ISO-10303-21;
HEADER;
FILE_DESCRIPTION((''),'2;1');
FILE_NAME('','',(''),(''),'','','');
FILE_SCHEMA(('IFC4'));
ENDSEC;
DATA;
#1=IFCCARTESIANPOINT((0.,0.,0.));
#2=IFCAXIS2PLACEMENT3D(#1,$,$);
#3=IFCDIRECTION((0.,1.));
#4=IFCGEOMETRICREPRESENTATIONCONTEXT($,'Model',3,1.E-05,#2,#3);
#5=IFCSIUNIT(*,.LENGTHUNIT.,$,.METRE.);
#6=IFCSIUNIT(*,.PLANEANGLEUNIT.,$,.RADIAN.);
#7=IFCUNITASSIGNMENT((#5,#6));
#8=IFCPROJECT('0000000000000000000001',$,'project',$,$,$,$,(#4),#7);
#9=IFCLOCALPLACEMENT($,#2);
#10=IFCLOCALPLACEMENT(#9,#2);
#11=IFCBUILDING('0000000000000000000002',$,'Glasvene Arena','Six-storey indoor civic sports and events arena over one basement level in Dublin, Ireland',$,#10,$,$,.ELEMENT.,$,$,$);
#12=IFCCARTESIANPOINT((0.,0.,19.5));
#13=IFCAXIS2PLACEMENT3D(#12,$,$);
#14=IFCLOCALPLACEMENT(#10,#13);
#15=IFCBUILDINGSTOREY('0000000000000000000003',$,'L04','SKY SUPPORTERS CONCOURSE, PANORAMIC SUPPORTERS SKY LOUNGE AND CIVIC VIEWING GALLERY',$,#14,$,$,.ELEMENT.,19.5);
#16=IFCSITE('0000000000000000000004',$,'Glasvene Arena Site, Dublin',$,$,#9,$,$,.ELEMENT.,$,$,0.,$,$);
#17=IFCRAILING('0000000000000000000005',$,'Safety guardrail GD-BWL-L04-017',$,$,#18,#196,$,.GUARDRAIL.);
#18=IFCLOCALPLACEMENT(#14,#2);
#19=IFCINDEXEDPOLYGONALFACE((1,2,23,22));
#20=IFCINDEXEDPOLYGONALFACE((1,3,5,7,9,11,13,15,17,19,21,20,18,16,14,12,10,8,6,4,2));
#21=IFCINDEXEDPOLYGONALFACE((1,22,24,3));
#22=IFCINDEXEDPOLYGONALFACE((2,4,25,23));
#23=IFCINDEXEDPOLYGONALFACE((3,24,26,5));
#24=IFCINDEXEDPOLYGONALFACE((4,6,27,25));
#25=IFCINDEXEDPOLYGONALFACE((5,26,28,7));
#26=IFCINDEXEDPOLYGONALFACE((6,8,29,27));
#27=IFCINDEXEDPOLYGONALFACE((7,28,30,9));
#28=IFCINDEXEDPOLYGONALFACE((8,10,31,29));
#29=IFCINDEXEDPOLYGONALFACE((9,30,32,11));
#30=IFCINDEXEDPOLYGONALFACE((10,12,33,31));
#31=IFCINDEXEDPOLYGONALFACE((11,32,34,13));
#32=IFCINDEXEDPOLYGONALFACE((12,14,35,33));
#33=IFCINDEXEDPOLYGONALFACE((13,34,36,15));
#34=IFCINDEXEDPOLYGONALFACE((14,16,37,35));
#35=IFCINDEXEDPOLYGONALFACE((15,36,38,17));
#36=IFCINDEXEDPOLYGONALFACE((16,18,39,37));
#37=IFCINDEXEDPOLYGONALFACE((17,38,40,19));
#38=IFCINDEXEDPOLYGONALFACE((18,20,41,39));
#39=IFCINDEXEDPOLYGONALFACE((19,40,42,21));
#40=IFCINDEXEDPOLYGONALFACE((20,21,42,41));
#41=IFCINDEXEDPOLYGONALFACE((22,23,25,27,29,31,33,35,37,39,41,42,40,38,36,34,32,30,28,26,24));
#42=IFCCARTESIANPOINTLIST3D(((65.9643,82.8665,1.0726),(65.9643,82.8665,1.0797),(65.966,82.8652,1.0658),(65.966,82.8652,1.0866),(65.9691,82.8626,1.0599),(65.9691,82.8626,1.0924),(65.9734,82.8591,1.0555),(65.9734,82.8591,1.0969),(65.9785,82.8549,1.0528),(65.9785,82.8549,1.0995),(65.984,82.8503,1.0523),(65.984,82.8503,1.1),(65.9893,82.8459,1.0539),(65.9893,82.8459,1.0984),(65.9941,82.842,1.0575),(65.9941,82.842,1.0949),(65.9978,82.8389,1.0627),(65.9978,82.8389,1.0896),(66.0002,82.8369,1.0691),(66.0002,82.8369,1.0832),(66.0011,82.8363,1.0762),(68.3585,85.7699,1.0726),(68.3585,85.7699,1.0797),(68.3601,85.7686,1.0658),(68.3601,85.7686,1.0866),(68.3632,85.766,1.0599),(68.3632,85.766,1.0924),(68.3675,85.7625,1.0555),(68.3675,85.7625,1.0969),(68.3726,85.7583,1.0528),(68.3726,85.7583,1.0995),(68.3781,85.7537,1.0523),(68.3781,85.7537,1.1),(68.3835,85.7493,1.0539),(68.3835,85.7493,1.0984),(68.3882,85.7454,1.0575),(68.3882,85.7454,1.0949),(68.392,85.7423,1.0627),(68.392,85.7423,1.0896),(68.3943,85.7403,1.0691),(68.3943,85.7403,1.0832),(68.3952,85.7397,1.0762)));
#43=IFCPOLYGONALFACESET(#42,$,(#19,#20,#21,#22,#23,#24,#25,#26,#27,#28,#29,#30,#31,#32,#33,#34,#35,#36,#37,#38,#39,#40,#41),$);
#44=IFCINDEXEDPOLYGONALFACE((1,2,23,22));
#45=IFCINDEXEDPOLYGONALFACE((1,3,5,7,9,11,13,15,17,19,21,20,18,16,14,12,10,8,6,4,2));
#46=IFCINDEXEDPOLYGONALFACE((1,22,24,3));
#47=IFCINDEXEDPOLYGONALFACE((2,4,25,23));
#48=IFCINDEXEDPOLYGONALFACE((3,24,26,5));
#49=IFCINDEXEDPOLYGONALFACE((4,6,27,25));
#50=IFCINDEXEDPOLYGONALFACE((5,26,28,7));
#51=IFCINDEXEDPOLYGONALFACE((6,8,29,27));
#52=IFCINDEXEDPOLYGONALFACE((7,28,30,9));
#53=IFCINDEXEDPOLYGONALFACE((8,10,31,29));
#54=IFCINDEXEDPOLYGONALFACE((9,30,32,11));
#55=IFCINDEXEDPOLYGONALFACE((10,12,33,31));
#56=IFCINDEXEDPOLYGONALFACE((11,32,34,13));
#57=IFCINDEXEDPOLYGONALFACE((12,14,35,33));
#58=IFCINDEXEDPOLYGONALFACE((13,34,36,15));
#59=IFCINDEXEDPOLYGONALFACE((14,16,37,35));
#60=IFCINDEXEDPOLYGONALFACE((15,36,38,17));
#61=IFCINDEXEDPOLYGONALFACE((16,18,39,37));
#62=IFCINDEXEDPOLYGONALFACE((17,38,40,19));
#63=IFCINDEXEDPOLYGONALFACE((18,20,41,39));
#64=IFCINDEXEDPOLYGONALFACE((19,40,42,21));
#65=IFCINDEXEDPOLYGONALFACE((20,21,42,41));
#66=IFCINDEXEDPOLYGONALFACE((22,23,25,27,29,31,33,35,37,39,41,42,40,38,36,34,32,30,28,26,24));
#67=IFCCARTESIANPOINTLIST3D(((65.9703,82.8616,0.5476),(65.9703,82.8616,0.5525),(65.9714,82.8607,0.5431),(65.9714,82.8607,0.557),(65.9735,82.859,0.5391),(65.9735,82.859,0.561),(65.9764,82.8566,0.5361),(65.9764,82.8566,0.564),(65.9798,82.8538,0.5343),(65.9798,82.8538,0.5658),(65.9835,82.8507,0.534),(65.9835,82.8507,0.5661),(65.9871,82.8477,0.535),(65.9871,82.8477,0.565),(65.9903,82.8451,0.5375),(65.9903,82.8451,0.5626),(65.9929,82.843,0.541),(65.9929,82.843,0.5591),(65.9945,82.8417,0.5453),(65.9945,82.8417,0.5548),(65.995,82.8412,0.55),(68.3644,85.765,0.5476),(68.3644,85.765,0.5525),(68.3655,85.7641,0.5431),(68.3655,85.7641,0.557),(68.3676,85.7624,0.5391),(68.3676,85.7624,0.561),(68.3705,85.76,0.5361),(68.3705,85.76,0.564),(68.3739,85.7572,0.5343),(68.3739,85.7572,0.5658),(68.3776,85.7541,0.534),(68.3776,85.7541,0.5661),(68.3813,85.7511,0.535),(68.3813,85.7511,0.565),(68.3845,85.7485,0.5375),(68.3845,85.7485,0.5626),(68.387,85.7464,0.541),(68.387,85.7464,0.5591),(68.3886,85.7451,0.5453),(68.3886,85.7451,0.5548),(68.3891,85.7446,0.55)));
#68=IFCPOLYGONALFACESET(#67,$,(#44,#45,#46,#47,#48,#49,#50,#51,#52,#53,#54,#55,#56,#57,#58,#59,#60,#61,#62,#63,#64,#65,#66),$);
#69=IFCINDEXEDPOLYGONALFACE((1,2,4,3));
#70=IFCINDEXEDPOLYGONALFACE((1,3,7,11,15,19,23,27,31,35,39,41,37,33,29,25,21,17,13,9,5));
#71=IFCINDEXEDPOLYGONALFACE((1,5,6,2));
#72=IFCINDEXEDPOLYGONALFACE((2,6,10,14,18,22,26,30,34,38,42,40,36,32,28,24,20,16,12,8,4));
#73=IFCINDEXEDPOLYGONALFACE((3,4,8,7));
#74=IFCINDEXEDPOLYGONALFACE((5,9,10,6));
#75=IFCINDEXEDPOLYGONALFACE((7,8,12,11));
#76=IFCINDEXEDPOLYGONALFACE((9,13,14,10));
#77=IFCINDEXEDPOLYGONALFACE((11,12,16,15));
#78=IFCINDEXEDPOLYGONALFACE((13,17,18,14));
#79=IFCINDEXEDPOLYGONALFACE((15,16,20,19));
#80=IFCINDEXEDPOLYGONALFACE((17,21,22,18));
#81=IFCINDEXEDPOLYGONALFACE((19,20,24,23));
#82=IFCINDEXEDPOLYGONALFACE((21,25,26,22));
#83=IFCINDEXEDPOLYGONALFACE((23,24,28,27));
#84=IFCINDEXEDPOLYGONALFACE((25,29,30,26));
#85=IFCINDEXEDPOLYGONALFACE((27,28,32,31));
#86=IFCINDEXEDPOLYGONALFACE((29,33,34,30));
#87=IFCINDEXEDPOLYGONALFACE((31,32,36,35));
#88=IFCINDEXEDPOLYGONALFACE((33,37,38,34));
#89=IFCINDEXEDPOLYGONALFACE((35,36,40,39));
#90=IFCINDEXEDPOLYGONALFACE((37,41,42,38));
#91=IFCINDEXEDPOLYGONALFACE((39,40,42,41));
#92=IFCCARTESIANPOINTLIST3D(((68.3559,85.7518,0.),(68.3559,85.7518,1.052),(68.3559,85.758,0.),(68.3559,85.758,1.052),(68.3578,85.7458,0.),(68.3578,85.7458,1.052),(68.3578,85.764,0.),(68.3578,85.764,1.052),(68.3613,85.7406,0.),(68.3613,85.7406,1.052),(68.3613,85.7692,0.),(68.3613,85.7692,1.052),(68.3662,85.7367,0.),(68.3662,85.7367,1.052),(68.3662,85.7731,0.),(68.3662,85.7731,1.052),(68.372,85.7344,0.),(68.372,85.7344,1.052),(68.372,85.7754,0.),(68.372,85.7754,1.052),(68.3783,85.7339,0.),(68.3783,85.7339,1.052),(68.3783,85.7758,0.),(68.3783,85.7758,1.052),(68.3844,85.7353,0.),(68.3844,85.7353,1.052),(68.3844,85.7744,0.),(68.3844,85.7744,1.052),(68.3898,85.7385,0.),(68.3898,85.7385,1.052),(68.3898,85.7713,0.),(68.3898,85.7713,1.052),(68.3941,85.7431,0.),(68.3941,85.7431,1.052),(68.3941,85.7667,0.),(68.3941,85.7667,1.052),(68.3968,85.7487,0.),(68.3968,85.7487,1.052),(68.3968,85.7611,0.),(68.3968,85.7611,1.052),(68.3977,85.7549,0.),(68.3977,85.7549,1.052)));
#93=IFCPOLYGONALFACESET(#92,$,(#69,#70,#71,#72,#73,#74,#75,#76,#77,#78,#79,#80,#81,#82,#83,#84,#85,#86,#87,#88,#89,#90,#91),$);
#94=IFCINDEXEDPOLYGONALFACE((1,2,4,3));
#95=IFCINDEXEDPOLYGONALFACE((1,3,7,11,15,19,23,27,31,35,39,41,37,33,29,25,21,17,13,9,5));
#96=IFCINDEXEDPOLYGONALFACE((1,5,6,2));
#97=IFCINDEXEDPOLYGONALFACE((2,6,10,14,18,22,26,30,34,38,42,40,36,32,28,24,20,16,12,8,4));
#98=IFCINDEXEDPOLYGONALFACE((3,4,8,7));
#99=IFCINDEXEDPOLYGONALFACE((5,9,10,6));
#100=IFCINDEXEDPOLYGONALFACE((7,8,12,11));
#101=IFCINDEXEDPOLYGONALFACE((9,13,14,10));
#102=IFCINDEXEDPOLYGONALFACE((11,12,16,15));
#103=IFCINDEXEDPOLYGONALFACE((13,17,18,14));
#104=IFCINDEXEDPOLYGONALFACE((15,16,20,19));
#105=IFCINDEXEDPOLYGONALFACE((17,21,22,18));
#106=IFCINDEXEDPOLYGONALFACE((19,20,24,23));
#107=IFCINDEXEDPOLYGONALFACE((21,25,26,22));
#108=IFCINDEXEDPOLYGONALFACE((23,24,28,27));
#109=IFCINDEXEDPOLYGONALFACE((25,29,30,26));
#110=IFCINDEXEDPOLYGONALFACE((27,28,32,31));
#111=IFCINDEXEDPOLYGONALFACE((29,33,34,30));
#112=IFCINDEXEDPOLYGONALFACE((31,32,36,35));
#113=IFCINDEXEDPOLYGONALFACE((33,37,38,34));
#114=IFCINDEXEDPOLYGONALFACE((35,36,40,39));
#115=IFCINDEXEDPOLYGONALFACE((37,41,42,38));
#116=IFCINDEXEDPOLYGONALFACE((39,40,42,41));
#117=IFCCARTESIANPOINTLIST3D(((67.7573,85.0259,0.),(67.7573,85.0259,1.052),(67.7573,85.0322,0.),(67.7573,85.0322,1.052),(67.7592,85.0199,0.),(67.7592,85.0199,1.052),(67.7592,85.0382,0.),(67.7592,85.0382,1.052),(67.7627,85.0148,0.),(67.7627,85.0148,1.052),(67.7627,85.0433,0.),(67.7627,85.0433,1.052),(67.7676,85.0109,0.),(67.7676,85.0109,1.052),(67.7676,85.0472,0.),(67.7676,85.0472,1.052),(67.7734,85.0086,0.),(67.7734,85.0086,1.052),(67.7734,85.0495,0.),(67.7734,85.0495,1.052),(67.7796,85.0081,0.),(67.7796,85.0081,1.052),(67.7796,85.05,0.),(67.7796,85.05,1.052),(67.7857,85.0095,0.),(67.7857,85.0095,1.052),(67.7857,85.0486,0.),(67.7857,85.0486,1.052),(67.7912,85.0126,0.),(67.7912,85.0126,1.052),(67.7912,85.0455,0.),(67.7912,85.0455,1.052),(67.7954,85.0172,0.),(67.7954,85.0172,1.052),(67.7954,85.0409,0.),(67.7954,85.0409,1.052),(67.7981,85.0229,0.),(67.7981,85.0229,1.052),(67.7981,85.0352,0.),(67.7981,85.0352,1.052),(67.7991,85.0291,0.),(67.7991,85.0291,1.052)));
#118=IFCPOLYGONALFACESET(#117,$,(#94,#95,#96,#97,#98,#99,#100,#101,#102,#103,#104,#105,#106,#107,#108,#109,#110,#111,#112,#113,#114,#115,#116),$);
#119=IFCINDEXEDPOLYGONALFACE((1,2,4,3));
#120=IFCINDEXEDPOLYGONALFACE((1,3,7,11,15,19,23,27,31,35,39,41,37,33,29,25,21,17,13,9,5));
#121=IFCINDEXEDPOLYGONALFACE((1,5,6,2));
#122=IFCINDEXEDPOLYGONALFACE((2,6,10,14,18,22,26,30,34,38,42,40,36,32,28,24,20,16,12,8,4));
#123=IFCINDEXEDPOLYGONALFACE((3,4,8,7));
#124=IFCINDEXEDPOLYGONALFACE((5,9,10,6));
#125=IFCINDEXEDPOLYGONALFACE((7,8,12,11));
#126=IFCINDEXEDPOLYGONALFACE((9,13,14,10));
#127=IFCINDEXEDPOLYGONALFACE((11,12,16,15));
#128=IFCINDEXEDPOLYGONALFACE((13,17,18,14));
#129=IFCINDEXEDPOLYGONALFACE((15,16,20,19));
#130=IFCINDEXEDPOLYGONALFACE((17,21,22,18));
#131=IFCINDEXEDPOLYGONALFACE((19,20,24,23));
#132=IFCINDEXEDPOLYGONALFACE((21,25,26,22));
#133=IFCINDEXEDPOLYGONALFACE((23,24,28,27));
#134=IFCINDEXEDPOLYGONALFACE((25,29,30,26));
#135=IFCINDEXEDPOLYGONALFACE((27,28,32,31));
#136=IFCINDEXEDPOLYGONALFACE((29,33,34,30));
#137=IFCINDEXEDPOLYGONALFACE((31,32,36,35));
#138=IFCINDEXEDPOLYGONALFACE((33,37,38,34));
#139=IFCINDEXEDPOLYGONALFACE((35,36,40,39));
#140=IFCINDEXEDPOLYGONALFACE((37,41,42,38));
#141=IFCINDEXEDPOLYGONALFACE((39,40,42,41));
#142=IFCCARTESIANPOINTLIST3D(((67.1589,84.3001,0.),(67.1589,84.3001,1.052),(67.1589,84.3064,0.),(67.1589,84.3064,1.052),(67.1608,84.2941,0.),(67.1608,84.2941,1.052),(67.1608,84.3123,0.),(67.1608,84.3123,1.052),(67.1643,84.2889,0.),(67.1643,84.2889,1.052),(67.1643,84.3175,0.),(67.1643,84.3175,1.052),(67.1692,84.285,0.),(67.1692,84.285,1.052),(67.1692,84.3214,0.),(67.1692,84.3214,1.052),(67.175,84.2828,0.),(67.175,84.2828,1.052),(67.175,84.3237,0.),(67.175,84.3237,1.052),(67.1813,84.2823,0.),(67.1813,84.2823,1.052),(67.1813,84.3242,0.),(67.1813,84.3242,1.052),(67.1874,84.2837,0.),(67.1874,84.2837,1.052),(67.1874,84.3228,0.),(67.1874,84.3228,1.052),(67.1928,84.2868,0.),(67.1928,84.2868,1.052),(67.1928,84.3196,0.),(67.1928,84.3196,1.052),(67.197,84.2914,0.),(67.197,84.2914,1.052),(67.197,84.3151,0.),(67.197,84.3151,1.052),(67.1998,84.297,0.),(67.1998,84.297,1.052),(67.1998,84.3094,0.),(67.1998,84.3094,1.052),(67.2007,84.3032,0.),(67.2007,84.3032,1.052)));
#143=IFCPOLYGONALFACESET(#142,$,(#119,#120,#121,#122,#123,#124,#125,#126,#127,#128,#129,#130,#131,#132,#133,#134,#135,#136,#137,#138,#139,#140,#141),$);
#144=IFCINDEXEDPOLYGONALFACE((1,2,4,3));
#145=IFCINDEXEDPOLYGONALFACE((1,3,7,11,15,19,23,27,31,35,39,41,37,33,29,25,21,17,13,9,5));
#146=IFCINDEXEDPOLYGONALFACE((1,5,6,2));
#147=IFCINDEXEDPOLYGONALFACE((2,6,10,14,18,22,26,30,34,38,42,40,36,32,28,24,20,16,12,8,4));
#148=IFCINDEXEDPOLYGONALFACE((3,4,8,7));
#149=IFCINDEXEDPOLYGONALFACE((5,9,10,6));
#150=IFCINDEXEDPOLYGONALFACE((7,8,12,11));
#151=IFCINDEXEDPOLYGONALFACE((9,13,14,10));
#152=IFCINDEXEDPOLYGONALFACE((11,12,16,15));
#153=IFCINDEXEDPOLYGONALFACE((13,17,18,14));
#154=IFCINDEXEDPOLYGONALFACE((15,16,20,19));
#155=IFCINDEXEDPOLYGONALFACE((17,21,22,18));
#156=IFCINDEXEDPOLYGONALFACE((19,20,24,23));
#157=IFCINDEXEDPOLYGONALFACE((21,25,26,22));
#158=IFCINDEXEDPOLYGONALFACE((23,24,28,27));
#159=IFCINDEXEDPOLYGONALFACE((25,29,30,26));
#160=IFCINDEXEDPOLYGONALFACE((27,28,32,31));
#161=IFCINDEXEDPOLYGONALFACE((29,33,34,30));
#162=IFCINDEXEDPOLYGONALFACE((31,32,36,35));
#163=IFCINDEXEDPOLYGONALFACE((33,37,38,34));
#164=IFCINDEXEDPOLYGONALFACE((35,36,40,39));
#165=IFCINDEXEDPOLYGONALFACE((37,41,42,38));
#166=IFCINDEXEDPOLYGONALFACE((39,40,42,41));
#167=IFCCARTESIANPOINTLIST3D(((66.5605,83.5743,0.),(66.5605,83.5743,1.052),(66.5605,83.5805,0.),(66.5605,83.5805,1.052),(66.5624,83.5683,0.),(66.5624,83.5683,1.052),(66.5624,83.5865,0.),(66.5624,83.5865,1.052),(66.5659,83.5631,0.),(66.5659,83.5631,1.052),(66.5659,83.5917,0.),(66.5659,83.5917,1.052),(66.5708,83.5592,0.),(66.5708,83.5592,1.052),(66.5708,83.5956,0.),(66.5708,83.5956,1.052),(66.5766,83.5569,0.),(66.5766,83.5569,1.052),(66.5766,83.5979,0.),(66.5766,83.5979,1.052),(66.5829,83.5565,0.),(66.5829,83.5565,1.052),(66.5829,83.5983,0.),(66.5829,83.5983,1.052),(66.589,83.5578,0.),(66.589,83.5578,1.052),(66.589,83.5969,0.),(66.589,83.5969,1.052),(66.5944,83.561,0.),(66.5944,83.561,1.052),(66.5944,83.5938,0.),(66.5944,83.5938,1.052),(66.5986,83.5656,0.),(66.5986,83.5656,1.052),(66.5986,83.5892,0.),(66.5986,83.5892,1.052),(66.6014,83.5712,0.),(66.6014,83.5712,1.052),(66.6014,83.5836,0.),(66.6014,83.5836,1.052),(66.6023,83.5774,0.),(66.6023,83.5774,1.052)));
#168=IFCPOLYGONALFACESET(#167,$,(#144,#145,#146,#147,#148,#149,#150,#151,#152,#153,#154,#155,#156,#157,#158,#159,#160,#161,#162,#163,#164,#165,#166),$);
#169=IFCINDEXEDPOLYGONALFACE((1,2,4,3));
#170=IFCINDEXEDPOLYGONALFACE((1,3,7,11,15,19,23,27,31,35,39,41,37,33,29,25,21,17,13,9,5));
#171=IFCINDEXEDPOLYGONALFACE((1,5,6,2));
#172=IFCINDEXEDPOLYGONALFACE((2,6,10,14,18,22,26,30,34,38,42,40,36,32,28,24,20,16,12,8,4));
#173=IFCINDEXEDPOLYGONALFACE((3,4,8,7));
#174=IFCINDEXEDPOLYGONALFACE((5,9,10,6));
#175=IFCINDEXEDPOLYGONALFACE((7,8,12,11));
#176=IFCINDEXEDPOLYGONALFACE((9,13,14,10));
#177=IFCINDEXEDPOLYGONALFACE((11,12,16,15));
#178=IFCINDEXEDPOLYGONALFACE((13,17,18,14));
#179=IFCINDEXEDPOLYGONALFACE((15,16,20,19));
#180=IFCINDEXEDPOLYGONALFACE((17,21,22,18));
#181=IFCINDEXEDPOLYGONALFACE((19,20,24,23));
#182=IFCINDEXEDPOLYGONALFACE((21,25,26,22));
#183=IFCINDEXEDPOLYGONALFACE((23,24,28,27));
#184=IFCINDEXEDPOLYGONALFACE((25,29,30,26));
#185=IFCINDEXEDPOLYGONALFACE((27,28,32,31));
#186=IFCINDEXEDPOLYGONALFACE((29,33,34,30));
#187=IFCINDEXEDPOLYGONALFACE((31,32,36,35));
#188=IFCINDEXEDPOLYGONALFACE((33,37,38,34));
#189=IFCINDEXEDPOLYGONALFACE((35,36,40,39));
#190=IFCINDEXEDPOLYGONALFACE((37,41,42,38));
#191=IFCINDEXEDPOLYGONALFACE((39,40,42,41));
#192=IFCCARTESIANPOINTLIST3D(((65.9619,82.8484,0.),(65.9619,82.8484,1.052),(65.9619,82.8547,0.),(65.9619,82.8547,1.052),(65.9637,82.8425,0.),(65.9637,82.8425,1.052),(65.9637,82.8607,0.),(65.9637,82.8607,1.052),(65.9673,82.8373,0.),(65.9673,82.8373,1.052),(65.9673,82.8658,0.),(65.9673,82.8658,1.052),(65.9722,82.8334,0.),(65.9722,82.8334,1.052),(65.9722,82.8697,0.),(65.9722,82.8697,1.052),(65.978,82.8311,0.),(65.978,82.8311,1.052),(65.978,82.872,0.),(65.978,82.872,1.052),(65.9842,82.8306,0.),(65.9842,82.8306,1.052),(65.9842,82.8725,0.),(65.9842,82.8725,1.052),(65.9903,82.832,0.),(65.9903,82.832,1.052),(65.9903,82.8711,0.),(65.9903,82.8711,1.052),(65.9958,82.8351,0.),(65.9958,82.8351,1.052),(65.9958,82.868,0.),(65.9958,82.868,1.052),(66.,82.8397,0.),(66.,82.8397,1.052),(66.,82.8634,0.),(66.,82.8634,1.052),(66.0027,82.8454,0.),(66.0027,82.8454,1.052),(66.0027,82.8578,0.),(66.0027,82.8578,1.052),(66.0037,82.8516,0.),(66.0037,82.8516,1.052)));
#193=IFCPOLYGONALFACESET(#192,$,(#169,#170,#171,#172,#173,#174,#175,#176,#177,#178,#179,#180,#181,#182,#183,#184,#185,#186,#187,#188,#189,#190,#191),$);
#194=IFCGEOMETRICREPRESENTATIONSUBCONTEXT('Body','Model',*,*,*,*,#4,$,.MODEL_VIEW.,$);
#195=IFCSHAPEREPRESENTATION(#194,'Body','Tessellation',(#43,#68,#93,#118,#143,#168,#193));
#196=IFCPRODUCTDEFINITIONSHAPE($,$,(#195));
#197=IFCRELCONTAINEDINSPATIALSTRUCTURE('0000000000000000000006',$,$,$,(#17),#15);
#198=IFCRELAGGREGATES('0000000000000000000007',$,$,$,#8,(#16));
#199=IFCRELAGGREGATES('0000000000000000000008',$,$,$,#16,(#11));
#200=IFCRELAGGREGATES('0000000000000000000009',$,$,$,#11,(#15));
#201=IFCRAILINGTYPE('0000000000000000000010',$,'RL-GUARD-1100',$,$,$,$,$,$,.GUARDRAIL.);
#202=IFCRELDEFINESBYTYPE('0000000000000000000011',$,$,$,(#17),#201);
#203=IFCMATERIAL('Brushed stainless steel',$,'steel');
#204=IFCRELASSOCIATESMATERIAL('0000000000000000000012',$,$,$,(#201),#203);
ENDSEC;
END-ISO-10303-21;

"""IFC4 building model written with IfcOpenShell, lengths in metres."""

from ifc_helpers import new_model, si_unit, direction, frame, origin, origin_2d, place, context, subcontext, project, spatial, circle, extrude, material, type_object, element, save


model = new_model("IFC4")

# Units and contexts
model_context = context("Model", 3, precision=1e-05, world=origin(), true_north=direction((0.0, 1.0)))
body_context = subcontext(model_context, "Body", "Model", "MODEL_VIEW")
ifc_project = project(units=[si_unit("LENGTHUNIT", "METRE"), si_unit("PLANEANGLEUNIT", "RADIAN")], contexts=[model_context])

# Site, building, storey
site_placement = place(None, origin())
site = spatial("IfcSite", under=ifc_project, at=site_placement, Name="Glasvene Arena Site, Dublin", CompositionType="ELEMENT", RefElevation=0.0)
building_placement = place(site_placement, origin())
building = spatial("IfcBuilding", under=site, at=building_placement, Name="Glasvene Arena", Description="Six-storey indoor civic sports and events arena over one basement level in Dublin, Ireland", CompositionType="ELEMENT")
storey_placement = place(building_placement, frame((0.0, 0.0, 19.5)))
storey = spatial("IfcBuildingStorey", under=building, at=storey_placement, Name="L04", Description="SKY SUPPORTERS CONCOURSE, PANORAMIC SUPPORTERS SKY LOUNGE AND CIVIC VIEWING GALLERY", CompositionType="ELEMENT", Elevation=19.5)

# Railing
ifc_material_1 = material(Name="Brushed stainless steel", Category="steel")
railing_type = type_object("IfcRailingType", Name="RL-GUARD-1100", PredefinedType="GUARDRAIL", material=ifc_material_1)
railing_1_placement = place(storey_placement, frame((68.3767, 85.7549, 0.0)))
element("IfcRailing", 1, at=railing_1_placement, inside=storey, type_object=railing_type, Name="Safety guardrail GD-BWL-L04-017", PredefinedType="GUARDRAIL", context=body_context, shape_type="SweptSolid", body=[
    extrude(circle(Radius=0.0239, at=origin_2d()), frame((0.0, 0.0, 1.0762), z_axis=(-0.636194, -0.771529, 0.0), x_axis=(0.771529, -0.636194, 0.0)), (0.0, 0.0, 1.0), 3.7632),
    extrude(circle(Radius=0.0161, at=origin_2d()), frame((0.0, 0.0, 0.55), z_axis=(-0.636194, -0.771529, 0.0), x_axis=(0.771529, -0.636194, 0.0)), (0.0, 0.0, 1.0), 3.7632),
    extrude(circle(Radius=0.021, at=origin_2d()), origin(), (0.0, 0.0, 1.0), 1.052),
    extrude(circle(Radius=0.021, at=origin_2d()), frame((-0.5986, -0.7258, 0.0)), (0.0, 0.0, 1.0), 1.052),
    extrude(circle(Radius=0.021, at=origin_2d()), frame((-1.197, -1.4517, 0.0)), (0.0, 0.0, 1.0), 1.052),
    extrude(circle(Radius=0.021, at=origin_2d()), frame((-1.7954, -2.1775, 0.0)), (0.0, 0.0, 1.0), 1.052),
    extrude(circle(Radius=0.021, at=origin_2d()), frame((-2.394, -2.9033, 0.0)), (0.0, 0.0, 1.0), 1.052),
])

save(model, "model.ifc")
